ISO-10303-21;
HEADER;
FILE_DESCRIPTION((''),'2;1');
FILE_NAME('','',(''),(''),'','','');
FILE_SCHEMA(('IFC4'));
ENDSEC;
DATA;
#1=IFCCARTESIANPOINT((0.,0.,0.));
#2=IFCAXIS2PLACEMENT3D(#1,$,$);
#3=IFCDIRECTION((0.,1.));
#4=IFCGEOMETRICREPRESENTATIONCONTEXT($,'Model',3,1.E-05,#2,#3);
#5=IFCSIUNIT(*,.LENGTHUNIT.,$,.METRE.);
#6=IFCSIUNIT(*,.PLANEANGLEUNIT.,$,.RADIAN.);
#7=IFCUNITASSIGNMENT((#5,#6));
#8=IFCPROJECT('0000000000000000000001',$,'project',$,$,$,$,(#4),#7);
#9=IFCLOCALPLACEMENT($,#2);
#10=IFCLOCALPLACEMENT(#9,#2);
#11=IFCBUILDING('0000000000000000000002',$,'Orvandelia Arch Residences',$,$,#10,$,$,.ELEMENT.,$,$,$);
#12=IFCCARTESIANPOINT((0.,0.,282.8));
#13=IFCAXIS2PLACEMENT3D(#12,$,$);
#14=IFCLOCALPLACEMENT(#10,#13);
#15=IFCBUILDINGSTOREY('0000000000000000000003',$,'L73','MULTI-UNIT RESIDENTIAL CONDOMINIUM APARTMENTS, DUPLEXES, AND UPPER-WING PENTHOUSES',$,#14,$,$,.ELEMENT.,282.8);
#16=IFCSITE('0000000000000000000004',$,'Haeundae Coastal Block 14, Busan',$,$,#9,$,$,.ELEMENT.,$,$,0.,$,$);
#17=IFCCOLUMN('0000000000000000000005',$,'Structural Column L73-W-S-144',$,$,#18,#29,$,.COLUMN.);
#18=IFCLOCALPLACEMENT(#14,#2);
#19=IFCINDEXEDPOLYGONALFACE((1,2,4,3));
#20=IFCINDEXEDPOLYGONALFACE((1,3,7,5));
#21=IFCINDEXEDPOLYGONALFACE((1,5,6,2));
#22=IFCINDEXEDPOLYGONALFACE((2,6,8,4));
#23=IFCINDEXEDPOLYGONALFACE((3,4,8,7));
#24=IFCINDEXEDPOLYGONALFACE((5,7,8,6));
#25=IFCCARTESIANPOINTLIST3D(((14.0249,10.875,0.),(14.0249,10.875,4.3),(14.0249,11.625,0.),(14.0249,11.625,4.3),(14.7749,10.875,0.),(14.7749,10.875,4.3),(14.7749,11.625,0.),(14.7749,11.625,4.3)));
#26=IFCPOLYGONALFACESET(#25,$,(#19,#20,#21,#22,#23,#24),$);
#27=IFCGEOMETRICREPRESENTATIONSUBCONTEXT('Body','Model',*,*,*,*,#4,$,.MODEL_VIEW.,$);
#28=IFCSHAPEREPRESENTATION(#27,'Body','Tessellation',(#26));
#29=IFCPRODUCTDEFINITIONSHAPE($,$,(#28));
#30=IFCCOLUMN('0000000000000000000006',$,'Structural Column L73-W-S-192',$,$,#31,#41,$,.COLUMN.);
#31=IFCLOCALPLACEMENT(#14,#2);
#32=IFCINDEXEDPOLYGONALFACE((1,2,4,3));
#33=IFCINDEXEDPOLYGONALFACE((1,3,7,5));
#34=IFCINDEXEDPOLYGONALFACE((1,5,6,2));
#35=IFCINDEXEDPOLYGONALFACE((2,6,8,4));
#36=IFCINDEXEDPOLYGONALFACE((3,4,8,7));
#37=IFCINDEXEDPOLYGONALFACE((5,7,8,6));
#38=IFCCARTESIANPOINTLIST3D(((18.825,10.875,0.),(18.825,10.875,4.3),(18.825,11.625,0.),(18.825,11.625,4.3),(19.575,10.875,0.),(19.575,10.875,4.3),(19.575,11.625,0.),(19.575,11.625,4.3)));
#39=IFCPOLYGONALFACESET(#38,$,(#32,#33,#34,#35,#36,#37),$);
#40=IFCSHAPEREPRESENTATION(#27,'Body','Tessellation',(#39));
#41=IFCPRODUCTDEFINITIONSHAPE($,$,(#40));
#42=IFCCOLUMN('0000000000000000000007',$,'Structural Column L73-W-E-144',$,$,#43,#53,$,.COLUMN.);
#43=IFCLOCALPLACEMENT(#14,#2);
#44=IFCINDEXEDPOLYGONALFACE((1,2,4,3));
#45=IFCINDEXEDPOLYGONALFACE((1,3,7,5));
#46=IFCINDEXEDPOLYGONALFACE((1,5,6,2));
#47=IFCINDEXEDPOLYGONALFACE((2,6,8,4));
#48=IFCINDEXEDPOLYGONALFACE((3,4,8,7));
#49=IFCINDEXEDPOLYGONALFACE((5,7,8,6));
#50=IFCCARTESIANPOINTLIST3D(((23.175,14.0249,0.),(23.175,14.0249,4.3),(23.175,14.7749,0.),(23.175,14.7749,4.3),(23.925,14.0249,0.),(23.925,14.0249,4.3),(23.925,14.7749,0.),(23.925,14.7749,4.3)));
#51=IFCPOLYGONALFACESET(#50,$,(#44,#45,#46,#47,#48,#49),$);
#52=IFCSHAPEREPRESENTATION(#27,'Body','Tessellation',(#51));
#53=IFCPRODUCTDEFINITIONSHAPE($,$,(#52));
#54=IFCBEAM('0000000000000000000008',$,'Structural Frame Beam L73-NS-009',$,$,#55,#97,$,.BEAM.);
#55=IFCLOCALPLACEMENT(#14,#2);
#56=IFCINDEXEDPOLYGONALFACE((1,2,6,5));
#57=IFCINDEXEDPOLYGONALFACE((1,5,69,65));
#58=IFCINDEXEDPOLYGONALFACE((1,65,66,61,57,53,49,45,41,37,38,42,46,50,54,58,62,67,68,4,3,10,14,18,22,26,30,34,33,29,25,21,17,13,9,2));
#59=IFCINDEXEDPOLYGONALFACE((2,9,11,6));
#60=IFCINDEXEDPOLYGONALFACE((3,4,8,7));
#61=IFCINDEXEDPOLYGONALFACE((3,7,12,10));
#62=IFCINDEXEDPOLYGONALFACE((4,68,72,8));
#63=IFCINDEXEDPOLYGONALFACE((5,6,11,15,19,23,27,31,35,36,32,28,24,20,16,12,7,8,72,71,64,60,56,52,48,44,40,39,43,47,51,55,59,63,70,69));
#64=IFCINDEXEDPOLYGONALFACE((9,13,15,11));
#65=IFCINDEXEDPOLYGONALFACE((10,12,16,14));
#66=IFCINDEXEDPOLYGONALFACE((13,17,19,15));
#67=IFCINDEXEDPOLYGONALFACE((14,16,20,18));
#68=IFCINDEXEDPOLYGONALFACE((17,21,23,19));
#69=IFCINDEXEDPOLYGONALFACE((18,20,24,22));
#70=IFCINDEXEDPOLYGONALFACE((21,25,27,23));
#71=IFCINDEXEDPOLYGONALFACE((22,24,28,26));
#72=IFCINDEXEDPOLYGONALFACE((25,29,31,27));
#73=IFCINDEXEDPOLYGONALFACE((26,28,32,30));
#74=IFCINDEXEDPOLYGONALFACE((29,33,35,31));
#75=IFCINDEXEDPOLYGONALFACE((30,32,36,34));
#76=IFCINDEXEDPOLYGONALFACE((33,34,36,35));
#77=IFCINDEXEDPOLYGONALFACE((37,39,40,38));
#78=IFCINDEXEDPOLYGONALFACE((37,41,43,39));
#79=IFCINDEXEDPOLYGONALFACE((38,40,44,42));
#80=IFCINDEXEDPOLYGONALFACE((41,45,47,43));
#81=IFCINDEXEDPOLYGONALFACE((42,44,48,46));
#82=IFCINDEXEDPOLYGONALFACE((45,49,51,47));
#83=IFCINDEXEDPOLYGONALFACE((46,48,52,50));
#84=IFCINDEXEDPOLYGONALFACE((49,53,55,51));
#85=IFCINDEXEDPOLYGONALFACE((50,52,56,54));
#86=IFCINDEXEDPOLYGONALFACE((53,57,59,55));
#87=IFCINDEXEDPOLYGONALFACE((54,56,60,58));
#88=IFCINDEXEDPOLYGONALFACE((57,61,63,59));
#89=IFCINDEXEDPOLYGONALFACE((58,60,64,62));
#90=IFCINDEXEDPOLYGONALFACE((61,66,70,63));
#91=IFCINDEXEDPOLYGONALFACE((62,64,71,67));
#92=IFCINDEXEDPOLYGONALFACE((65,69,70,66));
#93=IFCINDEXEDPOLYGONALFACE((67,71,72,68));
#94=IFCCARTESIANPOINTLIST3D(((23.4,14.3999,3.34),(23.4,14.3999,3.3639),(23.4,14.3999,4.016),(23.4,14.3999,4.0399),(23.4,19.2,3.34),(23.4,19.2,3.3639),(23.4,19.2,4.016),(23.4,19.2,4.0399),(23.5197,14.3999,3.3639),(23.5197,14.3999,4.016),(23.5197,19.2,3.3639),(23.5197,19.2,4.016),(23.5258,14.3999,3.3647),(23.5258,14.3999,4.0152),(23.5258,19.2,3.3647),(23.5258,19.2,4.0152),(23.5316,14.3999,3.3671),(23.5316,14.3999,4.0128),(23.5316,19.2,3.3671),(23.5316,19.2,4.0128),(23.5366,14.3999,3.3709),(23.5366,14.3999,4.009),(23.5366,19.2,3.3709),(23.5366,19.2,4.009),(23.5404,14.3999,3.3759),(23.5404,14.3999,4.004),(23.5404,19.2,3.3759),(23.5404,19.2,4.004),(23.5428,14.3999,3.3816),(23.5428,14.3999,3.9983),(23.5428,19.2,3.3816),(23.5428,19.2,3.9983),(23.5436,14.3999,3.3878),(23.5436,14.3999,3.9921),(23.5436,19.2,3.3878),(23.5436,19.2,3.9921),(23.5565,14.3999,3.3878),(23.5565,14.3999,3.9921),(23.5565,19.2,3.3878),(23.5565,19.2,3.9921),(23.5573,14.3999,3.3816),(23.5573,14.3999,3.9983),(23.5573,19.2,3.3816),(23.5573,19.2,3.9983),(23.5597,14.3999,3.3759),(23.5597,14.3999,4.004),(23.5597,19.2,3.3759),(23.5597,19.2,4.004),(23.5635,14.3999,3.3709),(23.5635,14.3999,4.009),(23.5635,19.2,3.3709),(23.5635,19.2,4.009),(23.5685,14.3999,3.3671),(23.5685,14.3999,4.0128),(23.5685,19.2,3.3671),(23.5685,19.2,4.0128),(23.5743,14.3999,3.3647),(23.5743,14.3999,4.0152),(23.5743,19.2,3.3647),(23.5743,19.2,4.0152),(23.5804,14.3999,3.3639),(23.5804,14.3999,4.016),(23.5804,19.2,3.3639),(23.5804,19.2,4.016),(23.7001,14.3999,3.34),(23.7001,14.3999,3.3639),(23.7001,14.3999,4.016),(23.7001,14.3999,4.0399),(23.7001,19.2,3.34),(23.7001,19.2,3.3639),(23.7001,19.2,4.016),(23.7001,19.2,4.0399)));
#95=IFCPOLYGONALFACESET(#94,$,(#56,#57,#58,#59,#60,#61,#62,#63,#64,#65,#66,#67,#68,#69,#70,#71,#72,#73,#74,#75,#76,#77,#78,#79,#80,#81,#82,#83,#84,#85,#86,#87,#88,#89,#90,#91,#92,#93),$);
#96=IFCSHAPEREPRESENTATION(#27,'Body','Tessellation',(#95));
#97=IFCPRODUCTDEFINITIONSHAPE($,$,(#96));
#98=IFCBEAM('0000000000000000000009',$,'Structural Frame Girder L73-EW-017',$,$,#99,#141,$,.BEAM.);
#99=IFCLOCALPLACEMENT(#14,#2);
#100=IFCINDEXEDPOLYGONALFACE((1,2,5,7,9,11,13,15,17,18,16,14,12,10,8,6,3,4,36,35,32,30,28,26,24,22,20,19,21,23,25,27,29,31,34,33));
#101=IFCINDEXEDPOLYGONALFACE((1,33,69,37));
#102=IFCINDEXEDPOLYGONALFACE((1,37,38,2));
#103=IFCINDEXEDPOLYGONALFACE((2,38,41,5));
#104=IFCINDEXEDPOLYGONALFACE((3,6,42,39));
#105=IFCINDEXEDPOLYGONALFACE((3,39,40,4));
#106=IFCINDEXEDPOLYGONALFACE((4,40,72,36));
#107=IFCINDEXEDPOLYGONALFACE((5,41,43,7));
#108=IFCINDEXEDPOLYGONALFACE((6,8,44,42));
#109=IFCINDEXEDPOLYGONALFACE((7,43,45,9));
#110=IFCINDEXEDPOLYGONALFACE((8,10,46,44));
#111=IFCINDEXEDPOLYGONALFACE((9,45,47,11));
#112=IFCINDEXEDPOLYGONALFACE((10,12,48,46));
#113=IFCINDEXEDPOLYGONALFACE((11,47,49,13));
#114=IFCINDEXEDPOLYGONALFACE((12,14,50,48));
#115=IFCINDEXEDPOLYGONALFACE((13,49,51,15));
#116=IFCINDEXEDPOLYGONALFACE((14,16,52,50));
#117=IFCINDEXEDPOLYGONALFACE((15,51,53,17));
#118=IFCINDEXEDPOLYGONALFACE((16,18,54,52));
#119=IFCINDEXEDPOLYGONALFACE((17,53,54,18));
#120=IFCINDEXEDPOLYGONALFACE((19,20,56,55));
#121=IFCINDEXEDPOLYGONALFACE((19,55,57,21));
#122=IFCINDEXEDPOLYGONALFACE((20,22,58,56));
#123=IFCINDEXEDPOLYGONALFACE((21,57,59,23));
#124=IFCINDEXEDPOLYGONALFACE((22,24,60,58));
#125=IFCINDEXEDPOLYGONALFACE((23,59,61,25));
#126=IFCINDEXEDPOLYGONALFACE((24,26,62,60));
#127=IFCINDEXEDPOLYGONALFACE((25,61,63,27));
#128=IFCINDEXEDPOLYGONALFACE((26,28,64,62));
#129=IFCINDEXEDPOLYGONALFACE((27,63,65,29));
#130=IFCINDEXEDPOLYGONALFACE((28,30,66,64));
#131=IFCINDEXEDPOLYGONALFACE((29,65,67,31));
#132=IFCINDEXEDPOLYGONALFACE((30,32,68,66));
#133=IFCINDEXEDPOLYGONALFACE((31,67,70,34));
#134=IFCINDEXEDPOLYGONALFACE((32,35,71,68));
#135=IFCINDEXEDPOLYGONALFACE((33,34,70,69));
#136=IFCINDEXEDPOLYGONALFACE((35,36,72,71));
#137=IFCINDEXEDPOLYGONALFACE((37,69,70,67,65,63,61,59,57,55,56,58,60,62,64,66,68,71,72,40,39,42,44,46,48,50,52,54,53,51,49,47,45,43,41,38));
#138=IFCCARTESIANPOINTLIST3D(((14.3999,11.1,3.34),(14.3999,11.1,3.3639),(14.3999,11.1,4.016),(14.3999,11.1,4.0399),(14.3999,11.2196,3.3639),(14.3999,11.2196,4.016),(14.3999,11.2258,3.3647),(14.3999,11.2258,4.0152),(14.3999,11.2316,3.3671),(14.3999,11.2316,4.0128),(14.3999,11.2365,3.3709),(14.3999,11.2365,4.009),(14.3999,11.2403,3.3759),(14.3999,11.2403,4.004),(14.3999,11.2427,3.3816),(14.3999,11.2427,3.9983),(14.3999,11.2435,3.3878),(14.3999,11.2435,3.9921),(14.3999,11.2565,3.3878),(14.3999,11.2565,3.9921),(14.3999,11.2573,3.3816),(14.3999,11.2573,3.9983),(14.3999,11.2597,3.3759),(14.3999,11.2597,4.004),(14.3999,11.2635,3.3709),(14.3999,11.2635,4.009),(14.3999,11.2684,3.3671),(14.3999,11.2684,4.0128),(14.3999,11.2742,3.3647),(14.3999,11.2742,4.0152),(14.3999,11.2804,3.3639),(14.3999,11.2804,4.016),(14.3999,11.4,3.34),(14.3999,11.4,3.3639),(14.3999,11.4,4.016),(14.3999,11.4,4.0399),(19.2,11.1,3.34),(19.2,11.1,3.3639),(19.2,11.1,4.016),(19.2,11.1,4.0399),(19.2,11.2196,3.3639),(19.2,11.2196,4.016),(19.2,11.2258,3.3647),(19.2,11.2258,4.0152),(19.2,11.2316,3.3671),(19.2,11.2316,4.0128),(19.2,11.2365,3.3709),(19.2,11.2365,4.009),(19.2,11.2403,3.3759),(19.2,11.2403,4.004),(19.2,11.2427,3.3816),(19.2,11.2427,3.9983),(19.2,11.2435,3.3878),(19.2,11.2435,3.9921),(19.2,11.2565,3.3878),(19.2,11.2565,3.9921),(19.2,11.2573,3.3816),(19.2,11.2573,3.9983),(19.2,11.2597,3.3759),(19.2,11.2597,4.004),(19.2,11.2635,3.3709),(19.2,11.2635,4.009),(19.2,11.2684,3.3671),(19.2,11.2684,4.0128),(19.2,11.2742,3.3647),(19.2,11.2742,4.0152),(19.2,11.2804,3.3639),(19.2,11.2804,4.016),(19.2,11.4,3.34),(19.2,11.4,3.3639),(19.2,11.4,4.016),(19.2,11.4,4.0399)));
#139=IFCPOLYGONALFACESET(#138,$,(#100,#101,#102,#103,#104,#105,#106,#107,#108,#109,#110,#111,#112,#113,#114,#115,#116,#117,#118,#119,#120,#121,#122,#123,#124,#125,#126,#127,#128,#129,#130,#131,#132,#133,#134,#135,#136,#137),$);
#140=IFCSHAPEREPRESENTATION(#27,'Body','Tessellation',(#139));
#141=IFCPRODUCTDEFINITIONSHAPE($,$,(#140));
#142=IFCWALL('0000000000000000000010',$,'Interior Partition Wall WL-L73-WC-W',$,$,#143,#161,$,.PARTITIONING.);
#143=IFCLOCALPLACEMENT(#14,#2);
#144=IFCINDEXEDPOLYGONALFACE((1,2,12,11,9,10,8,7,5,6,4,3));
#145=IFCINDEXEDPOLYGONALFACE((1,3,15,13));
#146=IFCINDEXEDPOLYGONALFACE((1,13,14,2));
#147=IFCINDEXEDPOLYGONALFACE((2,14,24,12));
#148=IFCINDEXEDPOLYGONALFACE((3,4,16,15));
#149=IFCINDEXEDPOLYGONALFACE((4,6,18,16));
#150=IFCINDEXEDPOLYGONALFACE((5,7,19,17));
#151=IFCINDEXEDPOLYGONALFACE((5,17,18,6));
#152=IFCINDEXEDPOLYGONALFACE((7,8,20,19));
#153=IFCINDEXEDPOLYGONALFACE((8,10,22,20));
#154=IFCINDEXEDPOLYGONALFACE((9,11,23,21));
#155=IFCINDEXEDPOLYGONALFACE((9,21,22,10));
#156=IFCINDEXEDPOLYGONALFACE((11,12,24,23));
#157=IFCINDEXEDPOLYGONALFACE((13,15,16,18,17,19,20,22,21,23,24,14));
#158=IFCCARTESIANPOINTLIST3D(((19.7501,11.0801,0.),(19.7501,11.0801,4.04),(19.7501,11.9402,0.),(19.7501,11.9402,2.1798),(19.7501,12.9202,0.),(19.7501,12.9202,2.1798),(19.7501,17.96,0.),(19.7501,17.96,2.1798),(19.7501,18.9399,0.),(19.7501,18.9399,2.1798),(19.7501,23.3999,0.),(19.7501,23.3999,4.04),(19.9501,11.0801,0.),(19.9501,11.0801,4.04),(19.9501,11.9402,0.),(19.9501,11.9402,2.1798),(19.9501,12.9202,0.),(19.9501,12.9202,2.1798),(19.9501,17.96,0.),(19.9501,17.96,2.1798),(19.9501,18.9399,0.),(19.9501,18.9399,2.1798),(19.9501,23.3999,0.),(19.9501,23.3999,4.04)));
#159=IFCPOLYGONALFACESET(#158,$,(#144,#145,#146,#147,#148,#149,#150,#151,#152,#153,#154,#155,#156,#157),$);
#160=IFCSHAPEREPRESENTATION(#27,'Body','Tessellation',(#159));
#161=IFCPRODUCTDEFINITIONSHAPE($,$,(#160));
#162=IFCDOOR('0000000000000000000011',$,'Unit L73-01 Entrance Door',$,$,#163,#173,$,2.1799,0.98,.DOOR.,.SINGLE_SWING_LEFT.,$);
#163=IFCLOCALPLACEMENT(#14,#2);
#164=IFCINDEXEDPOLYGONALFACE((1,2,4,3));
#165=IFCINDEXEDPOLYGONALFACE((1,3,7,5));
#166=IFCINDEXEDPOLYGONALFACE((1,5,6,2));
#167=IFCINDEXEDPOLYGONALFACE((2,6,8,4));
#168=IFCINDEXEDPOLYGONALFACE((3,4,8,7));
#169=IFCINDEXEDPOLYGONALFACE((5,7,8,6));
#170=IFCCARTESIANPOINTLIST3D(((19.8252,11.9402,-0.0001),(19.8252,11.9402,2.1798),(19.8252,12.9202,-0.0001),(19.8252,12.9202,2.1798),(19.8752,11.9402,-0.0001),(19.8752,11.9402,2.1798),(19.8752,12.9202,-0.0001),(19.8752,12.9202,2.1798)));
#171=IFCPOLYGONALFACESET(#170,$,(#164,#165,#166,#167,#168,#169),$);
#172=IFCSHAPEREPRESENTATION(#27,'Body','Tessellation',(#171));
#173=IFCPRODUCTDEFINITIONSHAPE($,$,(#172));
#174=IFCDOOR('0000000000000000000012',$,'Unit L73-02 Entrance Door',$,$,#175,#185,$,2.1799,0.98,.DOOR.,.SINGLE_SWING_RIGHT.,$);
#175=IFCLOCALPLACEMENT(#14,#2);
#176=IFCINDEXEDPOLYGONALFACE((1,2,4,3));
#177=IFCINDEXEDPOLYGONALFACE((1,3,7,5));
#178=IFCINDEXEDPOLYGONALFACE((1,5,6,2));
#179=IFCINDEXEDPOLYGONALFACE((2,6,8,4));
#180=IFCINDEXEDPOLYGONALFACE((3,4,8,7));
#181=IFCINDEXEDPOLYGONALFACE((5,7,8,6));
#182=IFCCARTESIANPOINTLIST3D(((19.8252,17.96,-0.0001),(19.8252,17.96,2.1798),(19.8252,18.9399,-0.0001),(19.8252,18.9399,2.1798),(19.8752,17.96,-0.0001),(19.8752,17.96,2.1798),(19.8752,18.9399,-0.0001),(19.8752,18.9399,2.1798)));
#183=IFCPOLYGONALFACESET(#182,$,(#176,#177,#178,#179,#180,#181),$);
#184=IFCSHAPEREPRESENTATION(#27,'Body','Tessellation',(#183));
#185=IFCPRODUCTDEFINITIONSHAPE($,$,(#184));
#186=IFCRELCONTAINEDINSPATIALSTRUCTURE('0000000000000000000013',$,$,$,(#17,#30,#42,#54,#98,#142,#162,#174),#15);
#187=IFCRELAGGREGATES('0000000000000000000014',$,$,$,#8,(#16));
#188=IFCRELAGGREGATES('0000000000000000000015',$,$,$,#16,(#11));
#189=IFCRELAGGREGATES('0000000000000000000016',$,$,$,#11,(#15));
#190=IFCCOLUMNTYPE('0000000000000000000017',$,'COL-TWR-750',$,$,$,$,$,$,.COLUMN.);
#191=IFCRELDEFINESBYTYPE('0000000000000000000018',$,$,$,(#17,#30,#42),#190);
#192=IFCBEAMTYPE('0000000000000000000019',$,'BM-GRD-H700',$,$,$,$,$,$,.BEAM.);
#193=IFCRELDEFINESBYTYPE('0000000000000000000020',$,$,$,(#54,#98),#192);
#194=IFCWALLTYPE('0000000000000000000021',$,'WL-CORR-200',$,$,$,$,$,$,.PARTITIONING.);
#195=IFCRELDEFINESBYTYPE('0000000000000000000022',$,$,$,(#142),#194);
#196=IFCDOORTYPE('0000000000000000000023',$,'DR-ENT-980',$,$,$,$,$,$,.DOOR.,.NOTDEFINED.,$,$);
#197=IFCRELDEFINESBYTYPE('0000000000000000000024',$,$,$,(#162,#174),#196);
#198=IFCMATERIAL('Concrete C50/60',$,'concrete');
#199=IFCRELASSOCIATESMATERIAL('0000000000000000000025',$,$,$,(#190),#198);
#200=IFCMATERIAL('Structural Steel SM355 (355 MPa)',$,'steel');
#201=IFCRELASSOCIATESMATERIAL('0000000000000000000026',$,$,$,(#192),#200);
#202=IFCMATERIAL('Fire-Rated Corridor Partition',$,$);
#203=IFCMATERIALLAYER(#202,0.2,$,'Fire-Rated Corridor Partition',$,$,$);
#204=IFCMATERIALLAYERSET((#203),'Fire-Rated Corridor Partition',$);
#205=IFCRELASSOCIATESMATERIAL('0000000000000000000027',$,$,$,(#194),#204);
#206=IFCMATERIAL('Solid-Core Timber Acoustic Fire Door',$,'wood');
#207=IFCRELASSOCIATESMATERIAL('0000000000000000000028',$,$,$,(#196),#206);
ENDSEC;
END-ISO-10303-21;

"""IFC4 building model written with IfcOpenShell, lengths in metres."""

from ifc_helpers import new_model, si_unit, direction, frame, frame_2d, origin, origin_2d, place, context, subcontext, project, spatial, rectangle, i_section, extrude, material, layer, layer_set, material_profile, profile_set, type_object, element, fill, save


model = new_model("IFC4")

# Units and contexts
model_context = context("Model", 3, precision=1e-05, world=origin(), true_north=direction((0.0, 1.0)))
body_context = subcontext(model_context, "Body", "Model", "MODEL_VIEW")
ifc_project = project(units=[si_unit("LENGTHUNIT", "METRE"), si_unit("PLANEANGLEUNIT", "RADIAN")], contexts=[model_context])

# Site, building, storey
site_placement = place(None, origin())
site = spatial("IfcSite", under=ifc_project, at=site_placement, Name="Haeundae Coastal Block 14, Busan", CompositionType="ELEMENT", RefElevation=0.0)
building_placement = place(site_placement, origin())
building = spatial("IfcBuilding", under=site, at=building_placement, Name="Orvandelia Arch Residences", CompositionType="ELEMENT")
storey_placement = place(building_placement, frame((0.0, 0.0, 282.8)))
storey = spatial("IfcBuildingStorey", under=building, at=storey_placement, Name="L73", Description="MULTI-UNIT RESIDENTIAL CONDOMINIUM APARTMENTS, DUPLEXES, AND UPPER-WING PENTHOUSES", CompositionType="ELEMENT", Elevation=282.8)

# Columns
ifc_material_1 = material(Name="Concrete C50/60", Category="concrete")
ifc_material_profile_1 = material_profile(ifc_material_1, rectangle(XDim=0.75, YDim=0.75, at=origin_2d()), Name="Concrete C50/60", Category="concrete")
ifc_profile_set_1 = profile_set([ifc_material_profile_1], Name="Concrete C50/60")
column_type = type_object("IfcColumnType", Name="COL-TWR-750", PredefinedType="COLUMN", material=ifc_profile_set_1)
for number, where, z_axis, x_axis, name in (
    (1, (14.3999, 11.25, 0.0), (0.0, 0.0, 1.0), (1.0, 0.0, 0.0), "Structural Column L73-W-S-144"),
    (2, (19.2, 11.25, 0.0), (0.0, 0.0, 1.0), (1.0, 0.0, 0.0), "Structural Column L73-W-S-192"),
    (3, (23.55, 14.3999, 0.0), (0.0, 0.0, 1.0), (1.0, 0.0, 0.0), "Structural Column L73-W-E-144"),
):
    element("IfcColumn", number, at=place(storey_placement, frame(where, z_axis=z_axis, x_axis=x_axis)), inside=storey, type_object=column_type, Name=name, PredefinedType="COLUMN", context=body_context, shape_type="SweptSolid", body=[
        extrude(rectangle(XDim=0.75, YDim=0.75, at=origin_2d()), origin(), (0.0, 0.0, 1.0), 4.3),
    ])

# Beams
ifc_material_2 = material(Name="Structural Steel SM355 (355 MPa)", Category="steel")
ifc_material_profile_2 = material_profile(ifc_material_2, i_section(OverallWidth=0.3, OverallDepth=0.7, WebThickness=0.0129, FlangeThickness=0.0239, FilletRadius=0.0239, at=origin_2d()), Name="Structural Steel SM355 (355 MPa)", Category="steel")
ifc_profile_set_2 = profile_set([ifc_material_profile_2], Name="Structural Steel SM355 (355 MPa)")
beam_type = type_object("IfcBeamType", Name="BM-GRD-H700", PredefinedType="BEAM", material=ifc_profile_set_2)
for number, where, z_axis, x_axis, name in (
    (4, (23.55, 14.3999, 3.6899), (0.0, 1.0, 0.0), (-1.0, 0.0, 0.0), "Structural Frame Beam L73-NS-009"),
    (5, (14.3999, 11.25, 3.6899), (1.0, 0.0, 0.0), (0.0, 1.0, 0.0), "Structural Frame Girder L73-EW-017"),
):
    element("IfcBeam", number, at=place(storey_placement, frame(where, z_axis=z_axis, x_axis=x_axis)), inside=storey, type_object=beam_type, Name=name, PredefinedType="BEAM", context=body_context, shape_type="SweptSolid", body=[
        extrude(i_section(OverallWidth=0.3, OverallDepth=0.7, WebThickness=0.0129, FlangeThickness=0.0239, FilletRadius=0.0239, at=origin_2d()), origin(), (0.0, 0.0, 1.0), 4.8),
    ])

# Wall, openings, doors
ifc_material_3 = material(Name="Fire-Rated Corridor Partition")
ifc_layer_1 = layer(ifc_material_3, 0.2, Name="Fire-Rated Corridor Partition")
ifc_layer_set_1 = layer_set([ifc_layer_1], Name="Fire-Rated Corridor Partition")
wall_type_1 = type_object("IfcWallType", Name="WL-CORR-200", PredefinedType="PARTITIONING", material=ifc_layer_set_1)
wall_1_placement = place(storey_placement, frame((19.8501, 11.0801, 0.0), z_axis=(0.0, 0.0, 1.0), x_axis=(0.0, 1.0, 0.0)))
wall_1 = element("IfcWall", 6, at=wall_1_placement, inside=storey, type_object=wall_type_1, Name="Interior Partition Wall WL-L73-WC-W", PredefinedType="PARTITIONING", context=body_context, shape_type="SweptSolid", body=[
    extrude(rectangle(XDim=12.3198, YDim=0.2, at=frame_2d((6.1599, 0.0))), origin(), (0.0, 0.0, 1.0), 4.04),
])
opening_1_placement = place(wall_1_placement, frame((0.8601, 0.0, 0.0)))
opening_1 = element("IfcOpeningElement", 7, at=opening_1_placement, cuts=wall_1, PredefinedType="OPENING", context=body_context, shape_type="SweptSolid", body=[
    extrude(rectangle(XDim=0.98, YDim=2.1799, at=frame_2d((0.49, 1.0898))), frame((0.0, 0.1099, 0.0), z_axis=(0.0, -1.0, 0.0), x_axis=(1.0, 0.0, 0.0)), (0.0, 0.0, 1.0), 0.22),
])
opening_2_placement = place(wall_1_placement, frame((6.8799, 0.0, 0.0)))
opening_2 = element("IfcOpeningElement", 8, at=opening_2_placement, cuts=wall_1, PredefinedType="OPENING", context=body_context, shape_type="SweptSolid", body=[
    extrude(rectangle(XDim=0.98, YDim=2.1799, at=frame_2d((0.49, 1.0898))), frame((0.0, 0.1099, 0.0), z_axis=(0.0, -1.0, 0.0), x_axis=(1.0, 0.0, 0.0)), (0.0, 0.0, 1.0), 0.22),
])
ifc_material_4 = material(Name="Solid-Core Timber Acoustic Fire Door", Category="wood")
door_type_1 = type_object("IfcDoorType", Name="DR-ENT-980", OperationType="NOTDEFINED", PredefinedType="DOOR", material=ifc_material_4)
door_1_placement = place(opening_1_placement, origin())
door_1 = element("IfcDoor", 9, at=door_1_placement, inside=storey, type_object=door_type_1, Name="Unit L73-01 Entrance Door", OperationType="SINGLE_SWING_LEFT", OverallHeight=2.1799, OverallWidth=0.98, PredefinedType="DOOR", context=body_context, shape_type="SweptSolid", body=[
    extrude(rectangle(XDim=0.98, YDim=2.1799, at=frame_2d((0.49, 1.0898))), frame((0.0, 0.0249, 0.0), z_axis=(0.0, -1.0, 0.0), x_axis=(1.0, 0.0, 0.0)), (0.0, 0.0, 1.0), 0.05),
])
fill(opening_1, door_1)
door_2_placement = place(opening_2_placement, origin())
door_2 = element("IfcDoor", 10, at=door_2_placement, inside=storey, type_object=door_type_1, Name="Unit L73-02 Entrance Door", OperationType="SINGLE_SWING_RIGHT", OverallHeight=2.1799, OverallWidth=0.98, PredefinedType="DOOR", context=body_context, shape_type="SweptSolid", body=[
    extrude(rectangle(XDim=0.98, YDim=2.1799, at=frame_2d((0.49, 1.0898))), frame((0.0, 0.0249, 0.0), z_axis=(0.0, -1.0, 0.0), x_axis=(1.0, 0.0, 0.0)), (0.0, 0.0, 1.0), 0.05),
])
fill(opening_2, door_2)

save(model, "model.ifc")
